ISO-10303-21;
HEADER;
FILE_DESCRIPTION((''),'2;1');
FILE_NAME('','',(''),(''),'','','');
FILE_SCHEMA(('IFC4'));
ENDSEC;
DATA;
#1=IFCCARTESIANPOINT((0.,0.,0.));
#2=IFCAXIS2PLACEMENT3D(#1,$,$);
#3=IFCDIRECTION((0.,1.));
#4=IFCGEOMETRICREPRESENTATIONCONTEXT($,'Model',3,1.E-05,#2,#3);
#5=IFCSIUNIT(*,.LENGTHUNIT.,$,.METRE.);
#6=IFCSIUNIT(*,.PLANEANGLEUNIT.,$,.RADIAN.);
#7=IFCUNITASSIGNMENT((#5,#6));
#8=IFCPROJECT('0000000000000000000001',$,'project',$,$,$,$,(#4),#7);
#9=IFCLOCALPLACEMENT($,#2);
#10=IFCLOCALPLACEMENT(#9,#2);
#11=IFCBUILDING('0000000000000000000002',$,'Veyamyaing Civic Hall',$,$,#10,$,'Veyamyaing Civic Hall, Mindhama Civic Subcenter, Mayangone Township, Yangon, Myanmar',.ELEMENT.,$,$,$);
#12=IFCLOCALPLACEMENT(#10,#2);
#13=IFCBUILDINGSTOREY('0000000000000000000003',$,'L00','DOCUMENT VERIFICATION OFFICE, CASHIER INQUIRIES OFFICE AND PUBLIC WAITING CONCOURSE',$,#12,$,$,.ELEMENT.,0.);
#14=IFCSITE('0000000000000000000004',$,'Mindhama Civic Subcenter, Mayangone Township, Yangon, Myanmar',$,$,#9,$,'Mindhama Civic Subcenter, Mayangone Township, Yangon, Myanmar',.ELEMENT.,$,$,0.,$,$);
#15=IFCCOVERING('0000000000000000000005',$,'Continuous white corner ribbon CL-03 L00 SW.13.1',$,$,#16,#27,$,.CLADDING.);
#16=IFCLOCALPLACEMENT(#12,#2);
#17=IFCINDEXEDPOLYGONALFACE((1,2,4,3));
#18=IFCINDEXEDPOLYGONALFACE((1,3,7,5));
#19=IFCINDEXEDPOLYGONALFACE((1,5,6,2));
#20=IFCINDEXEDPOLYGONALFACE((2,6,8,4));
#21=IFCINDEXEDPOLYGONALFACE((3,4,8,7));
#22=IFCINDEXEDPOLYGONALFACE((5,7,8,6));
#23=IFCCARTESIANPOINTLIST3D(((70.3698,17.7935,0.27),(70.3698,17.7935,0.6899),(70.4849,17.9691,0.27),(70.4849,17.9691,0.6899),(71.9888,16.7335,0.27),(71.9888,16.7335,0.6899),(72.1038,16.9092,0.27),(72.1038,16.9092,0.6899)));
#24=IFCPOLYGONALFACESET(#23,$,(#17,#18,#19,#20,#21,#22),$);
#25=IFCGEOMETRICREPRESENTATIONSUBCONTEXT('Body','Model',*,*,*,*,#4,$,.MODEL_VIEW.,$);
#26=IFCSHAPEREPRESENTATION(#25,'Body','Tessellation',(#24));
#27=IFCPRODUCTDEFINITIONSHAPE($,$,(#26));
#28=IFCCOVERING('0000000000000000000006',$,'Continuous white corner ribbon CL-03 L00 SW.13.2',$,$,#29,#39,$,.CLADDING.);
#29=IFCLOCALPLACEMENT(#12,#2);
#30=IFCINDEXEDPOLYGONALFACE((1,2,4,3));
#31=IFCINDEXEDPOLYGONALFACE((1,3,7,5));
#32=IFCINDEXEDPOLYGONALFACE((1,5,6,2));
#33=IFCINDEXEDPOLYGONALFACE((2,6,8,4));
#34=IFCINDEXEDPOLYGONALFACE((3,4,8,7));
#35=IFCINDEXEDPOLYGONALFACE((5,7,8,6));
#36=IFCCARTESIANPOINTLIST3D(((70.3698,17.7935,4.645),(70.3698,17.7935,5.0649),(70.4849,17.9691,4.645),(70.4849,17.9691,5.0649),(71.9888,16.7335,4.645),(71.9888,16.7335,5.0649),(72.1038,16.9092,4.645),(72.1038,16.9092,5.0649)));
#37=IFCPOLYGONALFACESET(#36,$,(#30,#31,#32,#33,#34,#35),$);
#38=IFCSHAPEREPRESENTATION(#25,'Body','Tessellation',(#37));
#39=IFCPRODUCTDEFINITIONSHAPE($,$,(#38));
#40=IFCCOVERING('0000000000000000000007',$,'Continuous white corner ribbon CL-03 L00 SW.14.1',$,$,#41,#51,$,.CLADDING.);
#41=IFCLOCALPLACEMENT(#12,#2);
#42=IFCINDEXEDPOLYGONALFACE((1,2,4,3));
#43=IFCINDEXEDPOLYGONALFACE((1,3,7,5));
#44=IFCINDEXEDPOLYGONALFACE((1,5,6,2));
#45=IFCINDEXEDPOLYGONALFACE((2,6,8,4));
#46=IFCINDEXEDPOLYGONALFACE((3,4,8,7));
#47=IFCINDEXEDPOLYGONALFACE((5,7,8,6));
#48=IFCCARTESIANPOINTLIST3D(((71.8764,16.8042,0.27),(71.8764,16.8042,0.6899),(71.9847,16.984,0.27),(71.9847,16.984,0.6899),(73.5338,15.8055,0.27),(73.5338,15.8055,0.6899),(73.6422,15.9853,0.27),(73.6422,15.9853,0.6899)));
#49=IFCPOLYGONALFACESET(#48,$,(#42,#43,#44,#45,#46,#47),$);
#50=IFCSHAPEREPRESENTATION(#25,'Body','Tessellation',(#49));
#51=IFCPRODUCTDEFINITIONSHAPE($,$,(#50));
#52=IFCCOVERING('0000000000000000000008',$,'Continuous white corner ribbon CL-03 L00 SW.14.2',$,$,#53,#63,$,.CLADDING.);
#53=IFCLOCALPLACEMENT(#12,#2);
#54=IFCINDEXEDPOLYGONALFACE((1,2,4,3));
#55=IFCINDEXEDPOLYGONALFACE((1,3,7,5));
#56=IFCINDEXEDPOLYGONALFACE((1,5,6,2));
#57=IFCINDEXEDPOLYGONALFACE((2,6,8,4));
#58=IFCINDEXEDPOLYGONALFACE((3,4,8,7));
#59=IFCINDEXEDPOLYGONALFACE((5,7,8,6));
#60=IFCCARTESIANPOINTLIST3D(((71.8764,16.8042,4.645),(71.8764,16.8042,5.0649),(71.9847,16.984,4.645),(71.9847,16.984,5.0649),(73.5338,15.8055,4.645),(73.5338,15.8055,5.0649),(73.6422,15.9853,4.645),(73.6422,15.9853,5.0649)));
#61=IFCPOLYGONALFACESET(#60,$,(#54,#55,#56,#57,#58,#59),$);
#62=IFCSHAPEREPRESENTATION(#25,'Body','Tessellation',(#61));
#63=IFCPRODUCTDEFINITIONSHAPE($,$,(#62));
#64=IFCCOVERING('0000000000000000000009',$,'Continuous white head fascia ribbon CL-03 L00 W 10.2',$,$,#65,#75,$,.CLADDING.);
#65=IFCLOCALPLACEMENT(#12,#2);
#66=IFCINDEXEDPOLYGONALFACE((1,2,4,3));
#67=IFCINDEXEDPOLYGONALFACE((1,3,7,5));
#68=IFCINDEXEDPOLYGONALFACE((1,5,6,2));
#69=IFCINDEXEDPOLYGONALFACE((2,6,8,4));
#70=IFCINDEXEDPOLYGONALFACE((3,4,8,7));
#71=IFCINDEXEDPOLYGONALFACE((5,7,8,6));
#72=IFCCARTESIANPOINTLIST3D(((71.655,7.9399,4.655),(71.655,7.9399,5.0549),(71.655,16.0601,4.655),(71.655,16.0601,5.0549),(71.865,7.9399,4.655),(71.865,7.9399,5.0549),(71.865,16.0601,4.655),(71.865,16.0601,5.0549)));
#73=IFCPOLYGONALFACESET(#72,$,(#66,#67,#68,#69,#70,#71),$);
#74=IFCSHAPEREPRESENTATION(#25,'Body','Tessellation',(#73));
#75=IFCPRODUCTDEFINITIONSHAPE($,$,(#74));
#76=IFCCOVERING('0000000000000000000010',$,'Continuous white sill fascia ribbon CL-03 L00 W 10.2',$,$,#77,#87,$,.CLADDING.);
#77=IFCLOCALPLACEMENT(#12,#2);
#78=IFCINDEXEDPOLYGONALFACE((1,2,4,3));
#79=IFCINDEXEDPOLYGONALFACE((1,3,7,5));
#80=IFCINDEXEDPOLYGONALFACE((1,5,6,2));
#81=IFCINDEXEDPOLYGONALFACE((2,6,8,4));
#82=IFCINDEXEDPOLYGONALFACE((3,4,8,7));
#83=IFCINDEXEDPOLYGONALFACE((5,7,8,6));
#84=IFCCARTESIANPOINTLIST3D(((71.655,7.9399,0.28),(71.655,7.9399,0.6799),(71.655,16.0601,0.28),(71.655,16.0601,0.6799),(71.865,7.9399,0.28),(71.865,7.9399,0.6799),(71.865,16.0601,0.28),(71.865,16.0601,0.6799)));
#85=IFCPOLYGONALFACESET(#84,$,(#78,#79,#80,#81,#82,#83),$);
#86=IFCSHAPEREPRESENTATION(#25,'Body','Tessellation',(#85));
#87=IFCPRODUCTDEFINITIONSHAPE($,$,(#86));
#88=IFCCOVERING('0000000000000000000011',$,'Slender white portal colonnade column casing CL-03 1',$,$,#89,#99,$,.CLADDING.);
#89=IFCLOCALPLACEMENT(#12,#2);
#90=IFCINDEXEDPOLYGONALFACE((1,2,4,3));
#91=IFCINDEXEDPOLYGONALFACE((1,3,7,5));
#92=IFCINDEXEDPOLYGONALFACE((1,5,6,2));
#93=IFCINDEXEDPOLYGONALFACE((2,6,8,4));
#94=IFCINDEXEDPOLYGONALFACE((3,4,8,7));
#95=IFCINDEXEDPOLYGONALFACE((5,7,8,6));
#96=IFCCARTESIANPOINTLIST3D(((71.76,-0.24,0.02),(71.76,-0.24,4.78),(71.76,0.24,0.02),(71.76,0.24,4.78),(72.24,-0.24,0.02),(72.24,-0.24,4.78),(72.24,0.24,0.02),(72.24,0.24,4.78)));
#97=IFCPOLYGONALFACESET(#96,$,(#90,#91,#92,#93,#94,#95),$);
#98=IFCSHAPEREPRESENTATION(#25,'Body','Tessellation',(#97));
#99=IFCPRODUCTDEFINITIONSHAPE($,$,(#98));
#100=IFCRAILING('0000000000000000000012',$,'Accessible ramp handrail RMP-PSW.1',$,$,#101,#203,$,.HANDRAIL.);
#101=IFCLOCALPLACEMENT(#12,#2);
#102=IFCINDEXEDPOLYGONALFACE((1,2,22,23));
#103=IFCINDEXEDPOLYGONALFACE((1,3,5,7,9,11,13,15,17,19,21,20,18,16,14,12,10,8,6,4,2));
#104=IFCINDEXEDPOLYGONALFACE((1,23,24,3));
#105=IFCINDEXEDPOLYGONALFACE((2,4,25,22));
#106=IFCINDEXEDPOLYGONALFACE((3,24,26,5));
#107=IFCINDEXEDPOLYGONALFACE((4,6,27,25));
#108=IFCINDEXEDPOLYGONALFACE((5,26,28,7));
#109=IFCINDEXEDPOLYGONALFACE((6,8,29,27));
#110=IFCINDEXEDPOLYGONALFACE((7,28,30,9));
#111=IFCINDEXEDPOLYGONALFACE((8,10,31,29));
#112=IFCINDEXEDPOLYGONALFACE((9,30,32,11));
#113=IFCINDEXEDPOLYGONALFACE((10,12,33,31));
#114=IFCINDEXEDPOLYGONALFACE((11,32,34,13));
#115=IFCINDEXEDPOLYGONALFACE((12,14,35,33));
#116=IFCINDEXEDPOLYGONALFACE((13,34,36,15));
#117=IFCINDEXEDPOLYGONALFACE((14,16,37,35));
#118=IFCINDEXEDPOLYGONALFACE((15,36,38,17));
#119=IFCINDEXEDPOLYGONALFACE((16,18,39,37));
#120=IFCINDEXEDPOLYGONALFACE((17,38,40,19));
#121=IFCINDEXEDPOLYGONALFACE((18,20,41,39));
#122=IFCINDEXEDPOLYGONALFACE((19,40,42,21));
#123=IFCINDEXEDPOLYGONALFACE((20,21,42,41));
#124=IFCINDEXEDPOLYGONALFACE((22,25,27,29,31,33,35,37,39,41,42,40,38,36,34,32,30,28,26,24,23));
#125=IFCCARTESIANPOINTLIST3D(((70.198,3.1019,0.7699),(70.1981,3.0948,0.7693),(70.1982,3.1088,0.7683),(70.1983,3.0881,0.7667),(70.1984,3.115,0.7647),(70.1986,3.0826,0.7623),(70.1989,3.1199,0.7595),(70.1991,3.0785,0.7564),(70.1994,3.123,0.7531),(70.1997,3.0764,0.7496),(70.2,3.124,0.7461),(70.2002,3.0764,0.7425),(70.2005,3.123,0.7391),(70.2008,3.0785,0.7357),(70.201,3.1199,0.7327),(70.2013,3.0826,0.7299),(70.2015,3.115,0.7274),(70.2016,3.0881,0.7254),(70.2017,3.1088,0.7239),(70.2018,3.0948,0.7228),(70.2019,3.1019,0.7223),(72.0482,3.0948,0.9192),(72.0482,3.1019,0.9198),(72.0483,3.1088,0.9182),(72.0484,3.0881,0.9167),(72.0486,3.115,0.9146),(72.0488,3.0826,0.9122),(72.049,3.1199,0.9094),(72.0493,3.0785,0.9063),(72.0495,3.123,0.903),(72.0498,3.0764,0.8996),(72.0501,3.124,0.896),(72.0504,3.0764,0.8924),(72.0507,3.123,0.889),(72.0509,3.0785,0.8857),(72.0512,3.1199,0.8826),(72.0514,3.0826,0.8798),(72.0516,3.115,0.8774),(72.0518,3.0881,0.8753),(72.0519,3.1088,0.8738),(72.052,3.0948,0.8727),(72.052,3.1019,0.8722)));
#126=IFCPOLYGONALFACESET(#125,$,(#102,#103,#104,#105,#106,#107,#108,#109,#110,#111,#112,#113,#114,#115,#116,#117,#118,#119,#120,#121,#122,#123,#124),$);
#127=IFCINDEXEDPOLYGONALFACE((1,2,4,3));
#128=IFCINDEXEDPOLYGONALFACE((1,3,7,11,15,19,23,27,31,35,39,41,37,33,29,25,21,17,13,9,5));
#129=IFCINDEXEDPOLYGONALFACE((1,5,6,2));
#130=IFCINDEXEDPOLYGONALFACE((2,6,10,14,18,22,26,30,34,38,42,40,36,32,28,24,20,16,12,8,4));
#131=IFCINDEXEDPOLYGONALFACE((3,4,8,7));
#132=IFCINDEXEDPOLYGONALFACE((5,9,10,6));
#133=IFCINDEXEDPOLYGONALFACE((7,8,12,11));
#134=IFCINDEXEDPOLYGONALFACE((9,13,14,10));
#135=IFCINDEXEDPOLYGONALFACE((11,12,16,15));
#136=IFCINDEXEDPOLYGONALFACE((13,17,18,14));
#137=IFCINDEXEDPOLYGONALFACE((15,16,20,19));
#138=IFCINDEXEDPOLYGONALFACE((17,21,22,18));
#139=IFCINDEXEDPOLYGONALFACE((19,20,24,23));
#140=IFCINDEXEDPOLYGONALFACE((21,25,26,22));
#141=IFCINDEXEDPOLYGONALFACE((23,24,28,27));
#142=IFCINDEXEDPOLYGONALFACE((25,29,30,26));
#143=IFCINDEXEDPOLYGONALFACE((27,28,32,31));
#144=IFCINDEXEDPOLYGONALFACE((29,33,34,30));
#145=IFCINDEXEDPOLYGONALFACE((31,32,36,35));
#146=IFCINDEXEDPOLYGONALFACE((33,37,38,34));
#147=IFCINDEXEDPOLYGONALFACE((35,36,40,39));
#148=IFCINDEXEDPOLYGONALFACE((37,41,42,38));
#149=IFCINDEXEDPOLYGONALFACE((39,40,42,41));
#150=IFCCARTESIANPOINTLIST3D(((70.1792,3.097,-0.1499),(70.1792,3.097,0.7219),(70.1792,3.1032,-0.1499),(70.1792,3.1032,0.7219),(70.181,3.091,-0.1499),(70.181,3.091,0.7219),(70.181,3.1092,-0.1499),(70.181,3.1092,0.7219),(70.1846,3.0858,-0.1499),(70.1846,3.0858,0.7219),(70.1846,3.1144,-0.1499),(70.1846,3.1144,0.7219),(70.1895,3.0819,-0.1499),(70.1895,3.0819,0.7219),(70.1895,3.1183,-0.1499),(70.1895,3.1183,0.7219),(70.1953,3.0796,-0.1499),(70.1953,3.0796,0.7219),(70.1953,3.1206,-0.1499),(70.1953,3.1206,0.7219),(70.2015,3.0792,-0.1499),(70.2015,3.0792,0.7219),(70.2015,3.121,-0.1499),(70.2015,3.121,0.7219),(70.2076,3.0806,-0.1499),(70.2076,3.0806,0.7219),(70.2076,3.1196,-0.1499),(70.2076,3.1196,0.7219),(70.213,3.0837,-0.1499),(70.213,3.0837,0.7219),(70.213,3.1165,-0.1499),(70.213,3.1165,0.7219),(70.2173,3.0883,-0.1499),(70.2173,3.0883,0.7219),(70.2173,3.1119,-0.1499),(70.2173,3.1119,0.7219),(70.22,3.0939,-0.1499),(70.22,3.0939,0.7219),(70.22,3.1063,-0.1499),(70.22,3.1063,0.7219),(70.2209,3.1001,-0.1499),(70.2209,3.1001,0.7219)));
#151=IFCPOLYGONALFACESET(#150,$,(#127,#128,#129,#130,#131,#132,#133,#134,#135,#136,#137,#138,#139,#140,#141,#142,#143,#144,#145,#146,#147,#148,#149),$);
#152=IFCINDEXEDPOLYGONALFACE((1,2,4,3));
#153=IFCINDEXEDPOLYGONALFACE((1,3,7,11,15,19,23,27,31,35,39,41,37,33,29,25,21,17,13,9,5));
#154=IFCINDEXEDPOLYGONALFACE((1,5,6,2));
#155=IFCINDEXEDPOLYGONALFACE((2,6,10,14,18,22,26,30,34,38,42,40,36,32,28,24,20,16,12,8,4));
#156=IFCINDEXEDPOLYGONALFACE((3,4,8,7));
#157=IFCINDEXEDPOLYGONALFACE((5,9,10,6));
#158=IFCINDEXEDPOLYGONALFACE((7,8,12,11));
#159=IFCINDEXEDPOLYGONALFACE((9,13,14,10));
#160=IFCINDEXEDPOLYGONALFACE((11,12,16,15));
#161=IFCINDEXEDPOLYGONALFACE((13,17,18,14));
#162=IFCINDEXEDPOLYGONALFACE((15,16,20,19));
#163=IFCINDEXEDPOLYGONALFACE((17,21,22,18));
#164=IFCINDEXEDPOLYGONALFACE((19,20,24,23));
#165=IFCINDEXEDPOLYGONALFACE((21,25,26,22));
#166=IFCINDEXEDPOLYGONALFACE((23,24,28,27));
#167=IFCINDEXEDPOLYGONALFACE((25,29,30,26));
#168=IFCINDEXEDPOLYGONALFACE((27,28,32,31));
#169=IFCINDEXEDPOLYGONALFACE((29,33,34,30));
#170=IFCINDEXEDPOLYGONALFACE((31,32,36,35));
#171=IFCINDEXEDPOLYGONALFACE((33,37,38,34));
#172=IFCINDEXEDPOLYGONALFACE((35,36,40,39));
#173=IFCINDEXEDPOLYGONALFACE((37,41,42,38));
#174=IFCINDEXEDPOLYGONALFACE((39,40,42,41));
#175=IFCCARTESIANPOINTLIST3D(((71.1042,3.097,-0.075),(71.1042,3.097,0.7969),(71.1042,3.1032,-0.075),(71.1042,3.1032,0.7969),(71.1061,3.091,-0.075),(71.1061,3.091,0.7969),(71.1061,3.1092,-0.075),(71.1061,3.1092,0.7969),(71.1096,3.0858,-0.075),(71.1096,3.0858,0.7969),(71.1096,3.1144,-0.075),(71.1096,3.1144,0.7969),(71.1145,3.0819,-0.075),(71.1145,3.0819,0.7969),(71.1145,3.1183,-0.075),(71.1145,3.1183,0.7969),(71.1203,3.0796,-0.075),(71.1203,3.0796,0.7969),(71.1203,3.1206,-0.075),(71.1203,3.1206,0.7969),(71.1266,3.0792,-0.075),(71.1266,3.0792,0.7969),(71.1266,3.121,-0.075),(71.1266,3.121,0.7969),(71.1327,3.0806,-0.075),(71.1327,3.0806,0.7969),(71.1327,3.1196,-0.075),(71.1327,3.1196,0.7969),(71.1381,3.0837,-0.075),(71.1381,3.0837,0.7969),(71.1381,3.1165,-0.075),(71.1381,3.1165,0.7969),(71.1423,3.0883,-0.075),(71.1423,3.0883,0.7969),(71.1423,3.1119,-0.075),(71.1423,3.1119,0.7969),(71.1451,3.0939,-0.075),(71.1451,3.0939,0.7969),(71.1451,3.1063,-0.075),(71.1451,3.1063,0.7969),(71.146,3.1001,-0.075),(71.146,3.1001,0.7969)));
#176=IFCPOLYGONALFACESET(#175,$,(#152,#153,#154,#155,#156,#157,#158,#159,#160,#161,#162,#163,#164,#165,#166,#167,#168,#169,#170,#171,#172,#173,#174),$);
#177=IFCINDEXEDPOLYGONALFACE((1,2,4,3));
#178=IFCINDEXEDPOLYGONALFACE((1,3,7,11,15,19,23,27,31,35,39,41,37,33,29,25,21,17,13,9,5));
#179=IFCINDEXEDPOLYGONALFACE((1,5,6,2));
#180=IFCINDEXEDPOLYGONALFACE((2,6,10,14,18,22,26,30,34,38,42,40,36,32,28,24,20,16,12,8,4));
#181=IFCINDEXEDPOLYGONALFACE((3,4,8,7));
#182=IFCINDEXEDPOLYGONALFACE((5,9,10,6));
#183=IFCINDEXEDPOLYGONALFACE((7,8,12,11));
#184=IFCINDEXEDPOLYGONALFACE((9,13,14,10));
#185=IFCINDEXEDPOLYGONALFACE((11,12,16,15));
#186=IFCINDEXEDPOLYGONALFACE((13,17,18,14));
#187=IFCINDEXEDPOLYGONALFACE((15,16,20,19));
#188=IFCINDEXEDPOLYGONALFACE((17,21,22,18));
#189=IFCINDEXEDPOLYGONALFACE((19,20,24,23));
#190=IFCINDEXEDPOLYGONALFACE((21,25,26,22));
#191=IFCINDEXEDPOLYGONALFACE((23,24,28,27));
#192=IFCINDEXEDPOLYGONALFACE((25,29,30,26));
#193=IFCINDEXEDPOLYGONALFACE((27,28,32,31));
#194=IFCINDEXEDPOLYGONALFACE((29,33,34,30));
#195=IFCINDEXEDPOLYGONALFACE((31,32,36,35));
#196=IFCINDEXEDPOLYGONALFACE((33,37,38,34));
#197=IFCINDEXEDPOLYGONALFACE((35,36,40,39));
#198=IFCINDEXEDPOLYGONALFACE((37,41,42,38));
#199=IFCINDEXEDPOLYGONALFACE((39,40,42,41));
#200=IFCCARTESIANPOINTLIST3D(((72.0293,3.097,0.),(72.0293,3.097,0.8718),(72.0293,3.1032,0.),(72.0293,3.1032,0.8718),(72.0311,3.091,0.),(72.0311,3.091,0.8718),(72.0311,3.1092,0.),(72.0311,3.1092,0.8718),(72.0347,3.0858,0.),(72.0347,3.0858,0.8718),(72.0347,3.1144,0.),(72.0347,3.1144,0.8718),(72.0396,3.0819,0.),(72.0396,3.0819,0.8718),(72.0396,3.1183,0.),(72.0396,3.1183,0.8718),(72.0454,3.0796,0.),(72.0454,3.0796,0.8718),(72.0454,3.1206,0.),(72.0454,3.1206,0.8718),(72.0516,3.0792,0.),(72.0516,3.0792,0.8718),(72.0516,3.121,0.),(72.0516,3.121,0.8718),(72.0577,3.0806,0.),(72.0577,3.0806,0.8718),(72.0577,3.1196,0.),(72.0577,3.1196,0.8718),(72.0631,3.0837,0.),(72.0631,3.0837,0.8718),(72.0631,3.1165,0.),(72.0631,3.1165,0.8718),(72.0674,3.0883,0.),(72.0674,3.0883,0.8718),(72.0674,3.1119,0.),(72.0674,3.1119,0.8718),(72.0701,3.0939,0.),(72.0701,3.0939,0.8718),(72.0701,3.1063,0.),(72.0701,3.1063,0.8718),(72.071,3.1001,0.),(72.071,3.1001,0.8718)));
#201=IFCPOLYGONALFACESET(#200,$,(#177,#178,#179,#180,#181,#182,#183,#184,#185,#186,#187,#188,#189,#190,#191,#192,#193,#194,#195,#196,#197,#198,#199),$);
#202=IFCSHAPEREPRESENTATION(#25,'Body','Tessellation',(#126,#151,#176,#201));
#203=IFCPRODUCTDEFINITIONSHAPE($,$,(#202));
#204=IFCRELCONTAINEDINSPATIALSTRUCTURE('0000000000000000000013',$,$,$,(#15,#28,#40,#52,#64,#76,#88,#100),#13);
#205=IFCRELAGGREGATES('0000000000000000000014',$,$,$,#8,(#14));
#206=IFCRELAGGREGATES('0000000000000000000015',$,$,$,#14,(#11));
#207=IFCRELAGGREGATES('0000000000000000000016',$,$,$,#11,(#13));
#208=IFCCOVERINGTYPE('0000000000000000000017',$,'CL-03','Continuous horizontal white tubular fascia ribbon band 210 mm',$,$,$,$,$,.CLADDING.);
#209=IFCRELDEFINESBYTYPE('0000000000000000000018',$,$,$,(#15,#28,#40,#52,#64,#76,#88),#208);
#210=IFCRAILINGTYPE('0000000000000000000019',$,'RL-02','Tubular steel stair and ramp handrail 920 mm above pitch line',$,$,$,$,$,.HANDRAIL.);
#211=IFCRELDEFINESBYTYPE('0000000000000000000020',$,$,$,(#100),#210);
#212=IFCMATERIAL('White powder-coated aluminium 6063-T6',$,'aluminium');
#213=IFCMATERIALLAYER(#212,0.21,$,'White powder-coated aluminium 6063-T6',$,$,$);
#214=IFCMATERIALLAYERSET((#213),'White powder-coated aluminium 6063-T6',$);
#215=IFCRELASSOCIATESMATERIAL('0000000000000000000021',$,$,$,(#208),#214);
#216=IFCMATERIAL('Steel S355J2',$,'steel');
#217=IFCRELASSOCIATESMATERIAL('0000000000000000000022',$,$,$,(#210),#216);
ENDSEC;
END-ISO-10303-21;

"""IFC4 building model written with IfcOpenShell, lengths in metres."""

from ifc_helpers import new_model, si_unit, direction, frame, origin, origin_2d, place, context, subcontext, project, spatial, rectangle, circle, extrude, material, layer, layer_set, type_object, element, save


model = new_model("IFC4")

# Units and contexts
model_context = context("Model", 3, precision=1e-05, world=origin(), true_north=direction((0.0, 1.0)))
body_context = subcontext(model_context, "Body", "Model", "MODEL_VIEW")
ifc_project = project(units=[si_unit("LENGTHUNIT", "METRE"), si_unit("PLANEANGLEUNIT", "RADIAN")], contexts=[model_context])

# Site, building, storey
site_placement = place(None, origin())
site = spatial("IfcSite", under=ifc_project, at=site_placement, Name="Mindhama Civic Subcenter, Mayangone Township, Yangon, Myanmar", LongName="Mindhama Civic Subcenter, Mayangone Township, Yangon, Myanmar", CompositionType="ELEMENT", RefElevation=0.0)
building_placement = place(site_placement, origin())
building = spatial("IfcBuilding", under=site, at=building_placement, Name="Veyamyaing Civic Hall", LongName="Veyamyaing Civic Hall, Mindhama Civic Subcenter, Mayangone Township, Yangon, Myanmar", CompositionType="ELEMENT")
storey_placement = place(building_placement, origin())
storey = spatial("IfcBuildingStorey", under=building, at=storey_placement, Name="L00", Description="DOCUMENT VERIFICATION OFFICE, CASHIER INQUIRIES OFFICE AND PUBLIC WAITING CONCOURSE", CompositionType="ELEMENT", Elevation=0.0)

# Shared definitions
ifc_material_1 = material(Name="Steel S355J2", Category="steel")

# Coverings
ifc_material_2 = material(Name="White powder-coated aluminium 6063-T6", Category="aluminium")
ifc_layer_1 = layer(ifc_material_2, 0.21, Name="White powder-coated aluminium 6063-T6")
ifc_layer_set_1 = layer_set([ifc_layer_1], Name="White powder-coated aluminium 6063-T6")
covering_type_1 = type_object("IfcCoveringType", Name="CL-03", Description="Continuous horizontal white tubular fascia ribbon band 210 mm", PredefinedType="CLADDING", material=ifc_layer_set_1)
for number, where, z_axis, x_axis, name in (
    (1, (71.2368, 17.3513, 0.27), (0.0, 0.0, 1.0), (0.836628, -0.547772, 0.0), "Continuous white corner ribbon CL-03 L00 SW.13.1"),
    (2, (71.2368, 17.3513, 4.645), (0.0, 0.0, 1.0), (0.836628, -0.547772, 0.0), "Continuous white corner ribbon CL-03 L00 SW.13.2"),
    (3, (72.7593, 16.3948, 0.27), (0.0, 0.0, 1.0), (0.856524, -0.516107, 0.0), "Continuous white corner ribbon CL-03 L00 SW.14.1"),
    (4, (72.7593, 16.3948, 4.645), (0.0, 0.0, 1.0), (0.856524, -0.516107, 0.0), "Continuous white corner ribbon CL-03 L00 SW.14.2"),
):
    element("IfcCovering", number, at=place(storey_placement, frame(where, z_axis=z_axis, x_axis=x_axis)), inside=storey, type_object=covering_type_1, Name=name, PredefinedType="CLADDING", context=body_context, shape_type="SweptSolid", body=[
        extrude(rectangle(XDim=1.9351, YDim=0.21, at=origin_2d()), origin(), (0.0, 0.0, 1.0), 0.4199),
    ])
for number, where, z_axis, x_axis, name in (
    (5, (71.76, 12.0, 4.655), (0.0, 0.0, 1.0), (0.0, 1.0, 0.0), "Continuous white head fascia ribbon CL-03 L00 W 10.2"),
    (6, (71.76, 12.0, 0.28), (0.0, 0.0, 1.0), (0.0, 1.0, 0.0), "Continuous white sill fascia ribbon CL-03 L00 W 10.2"),
):
    element("IfcCovering", number, at=place(storey_placement, frame(where, z_axis=z_axis, x_axis=x_axis)), inside=storey, type_object=covering_type_1, Name=name, PredefinedType="CLADDING", context=body_context, shape_type="SweptSolid", body=[
        extrude(rectangle(XDim=8.1201, YDim=0.21, at=origin_2d()), origin(), (0.0, 0.0, 1.0), 0.3999),
    ])
covering_1_placement = place(storey_placement, frame((72.0, 0.0, 0.02), z_axis=(0.0, 0.0, 1.0), x_axis=(1.0, 0.0, 0.0)))
element("IfcCovering", 7, at=covering_1_placement, inside=storey, type_object=covering_type_1, Name="Slender white portal colonnade column casing CL-03 1", PredefinedType="CLADDING", context=body_context, shape_type="SweptSolid", body=[
    extrude(rectangle(XDim=0.48, YDim=0.48, at=origin_2d()), origin(), (0.0, 0.0, 1.0), 4.76),
])

# Railing
railing_type = type_object("IfcRailingType", Name="RL-02", Description="Tubular steel stair and ramp handrail 920 mm above pitch line", PredefinedType="HANDRAIL", material=ifc_material_1)
for number, where, name in (
    (8, (70.2, 3.1001, -0.1499), "Accessible ramp handrail RMP-PSW.1"),
):
    element("IfcRailing", number, at=place(storey_placement, frame(where)), inside=storey, type_object=railing_type, Name=name, PredefinedType="HANDRAIL", context=body_context, shape_type="SweptSolid", body=[
        extrude(circle(Radius=0.0239, at=origin_2d()), frame((0.0, 0.0, 0.896), z_axis=(0.996734, 0.0, 0.080759), x_axis=(0.0, 1.0, 0.0)), (0.0, 0.0, 1.0), 1.8562),
        extrude(circle(Radius=0.021, at=origin_2d()), origin(), (0.0, 0.0, 1.0), 0.8718),
        extrude(circle(Radius=0.021, at=origin_2d()), frame((0.925, 0.0, 0.075)), (0.0, 0.0, 1.0), 0.8718),
        extrude(circle(Radius=0.021, at=origin_2d()), frame((1.8501, 0.0, 0.1499)), (0.0, 0.0, 1.0), 0.8718),
    ])

save(model, "model.ifc")
